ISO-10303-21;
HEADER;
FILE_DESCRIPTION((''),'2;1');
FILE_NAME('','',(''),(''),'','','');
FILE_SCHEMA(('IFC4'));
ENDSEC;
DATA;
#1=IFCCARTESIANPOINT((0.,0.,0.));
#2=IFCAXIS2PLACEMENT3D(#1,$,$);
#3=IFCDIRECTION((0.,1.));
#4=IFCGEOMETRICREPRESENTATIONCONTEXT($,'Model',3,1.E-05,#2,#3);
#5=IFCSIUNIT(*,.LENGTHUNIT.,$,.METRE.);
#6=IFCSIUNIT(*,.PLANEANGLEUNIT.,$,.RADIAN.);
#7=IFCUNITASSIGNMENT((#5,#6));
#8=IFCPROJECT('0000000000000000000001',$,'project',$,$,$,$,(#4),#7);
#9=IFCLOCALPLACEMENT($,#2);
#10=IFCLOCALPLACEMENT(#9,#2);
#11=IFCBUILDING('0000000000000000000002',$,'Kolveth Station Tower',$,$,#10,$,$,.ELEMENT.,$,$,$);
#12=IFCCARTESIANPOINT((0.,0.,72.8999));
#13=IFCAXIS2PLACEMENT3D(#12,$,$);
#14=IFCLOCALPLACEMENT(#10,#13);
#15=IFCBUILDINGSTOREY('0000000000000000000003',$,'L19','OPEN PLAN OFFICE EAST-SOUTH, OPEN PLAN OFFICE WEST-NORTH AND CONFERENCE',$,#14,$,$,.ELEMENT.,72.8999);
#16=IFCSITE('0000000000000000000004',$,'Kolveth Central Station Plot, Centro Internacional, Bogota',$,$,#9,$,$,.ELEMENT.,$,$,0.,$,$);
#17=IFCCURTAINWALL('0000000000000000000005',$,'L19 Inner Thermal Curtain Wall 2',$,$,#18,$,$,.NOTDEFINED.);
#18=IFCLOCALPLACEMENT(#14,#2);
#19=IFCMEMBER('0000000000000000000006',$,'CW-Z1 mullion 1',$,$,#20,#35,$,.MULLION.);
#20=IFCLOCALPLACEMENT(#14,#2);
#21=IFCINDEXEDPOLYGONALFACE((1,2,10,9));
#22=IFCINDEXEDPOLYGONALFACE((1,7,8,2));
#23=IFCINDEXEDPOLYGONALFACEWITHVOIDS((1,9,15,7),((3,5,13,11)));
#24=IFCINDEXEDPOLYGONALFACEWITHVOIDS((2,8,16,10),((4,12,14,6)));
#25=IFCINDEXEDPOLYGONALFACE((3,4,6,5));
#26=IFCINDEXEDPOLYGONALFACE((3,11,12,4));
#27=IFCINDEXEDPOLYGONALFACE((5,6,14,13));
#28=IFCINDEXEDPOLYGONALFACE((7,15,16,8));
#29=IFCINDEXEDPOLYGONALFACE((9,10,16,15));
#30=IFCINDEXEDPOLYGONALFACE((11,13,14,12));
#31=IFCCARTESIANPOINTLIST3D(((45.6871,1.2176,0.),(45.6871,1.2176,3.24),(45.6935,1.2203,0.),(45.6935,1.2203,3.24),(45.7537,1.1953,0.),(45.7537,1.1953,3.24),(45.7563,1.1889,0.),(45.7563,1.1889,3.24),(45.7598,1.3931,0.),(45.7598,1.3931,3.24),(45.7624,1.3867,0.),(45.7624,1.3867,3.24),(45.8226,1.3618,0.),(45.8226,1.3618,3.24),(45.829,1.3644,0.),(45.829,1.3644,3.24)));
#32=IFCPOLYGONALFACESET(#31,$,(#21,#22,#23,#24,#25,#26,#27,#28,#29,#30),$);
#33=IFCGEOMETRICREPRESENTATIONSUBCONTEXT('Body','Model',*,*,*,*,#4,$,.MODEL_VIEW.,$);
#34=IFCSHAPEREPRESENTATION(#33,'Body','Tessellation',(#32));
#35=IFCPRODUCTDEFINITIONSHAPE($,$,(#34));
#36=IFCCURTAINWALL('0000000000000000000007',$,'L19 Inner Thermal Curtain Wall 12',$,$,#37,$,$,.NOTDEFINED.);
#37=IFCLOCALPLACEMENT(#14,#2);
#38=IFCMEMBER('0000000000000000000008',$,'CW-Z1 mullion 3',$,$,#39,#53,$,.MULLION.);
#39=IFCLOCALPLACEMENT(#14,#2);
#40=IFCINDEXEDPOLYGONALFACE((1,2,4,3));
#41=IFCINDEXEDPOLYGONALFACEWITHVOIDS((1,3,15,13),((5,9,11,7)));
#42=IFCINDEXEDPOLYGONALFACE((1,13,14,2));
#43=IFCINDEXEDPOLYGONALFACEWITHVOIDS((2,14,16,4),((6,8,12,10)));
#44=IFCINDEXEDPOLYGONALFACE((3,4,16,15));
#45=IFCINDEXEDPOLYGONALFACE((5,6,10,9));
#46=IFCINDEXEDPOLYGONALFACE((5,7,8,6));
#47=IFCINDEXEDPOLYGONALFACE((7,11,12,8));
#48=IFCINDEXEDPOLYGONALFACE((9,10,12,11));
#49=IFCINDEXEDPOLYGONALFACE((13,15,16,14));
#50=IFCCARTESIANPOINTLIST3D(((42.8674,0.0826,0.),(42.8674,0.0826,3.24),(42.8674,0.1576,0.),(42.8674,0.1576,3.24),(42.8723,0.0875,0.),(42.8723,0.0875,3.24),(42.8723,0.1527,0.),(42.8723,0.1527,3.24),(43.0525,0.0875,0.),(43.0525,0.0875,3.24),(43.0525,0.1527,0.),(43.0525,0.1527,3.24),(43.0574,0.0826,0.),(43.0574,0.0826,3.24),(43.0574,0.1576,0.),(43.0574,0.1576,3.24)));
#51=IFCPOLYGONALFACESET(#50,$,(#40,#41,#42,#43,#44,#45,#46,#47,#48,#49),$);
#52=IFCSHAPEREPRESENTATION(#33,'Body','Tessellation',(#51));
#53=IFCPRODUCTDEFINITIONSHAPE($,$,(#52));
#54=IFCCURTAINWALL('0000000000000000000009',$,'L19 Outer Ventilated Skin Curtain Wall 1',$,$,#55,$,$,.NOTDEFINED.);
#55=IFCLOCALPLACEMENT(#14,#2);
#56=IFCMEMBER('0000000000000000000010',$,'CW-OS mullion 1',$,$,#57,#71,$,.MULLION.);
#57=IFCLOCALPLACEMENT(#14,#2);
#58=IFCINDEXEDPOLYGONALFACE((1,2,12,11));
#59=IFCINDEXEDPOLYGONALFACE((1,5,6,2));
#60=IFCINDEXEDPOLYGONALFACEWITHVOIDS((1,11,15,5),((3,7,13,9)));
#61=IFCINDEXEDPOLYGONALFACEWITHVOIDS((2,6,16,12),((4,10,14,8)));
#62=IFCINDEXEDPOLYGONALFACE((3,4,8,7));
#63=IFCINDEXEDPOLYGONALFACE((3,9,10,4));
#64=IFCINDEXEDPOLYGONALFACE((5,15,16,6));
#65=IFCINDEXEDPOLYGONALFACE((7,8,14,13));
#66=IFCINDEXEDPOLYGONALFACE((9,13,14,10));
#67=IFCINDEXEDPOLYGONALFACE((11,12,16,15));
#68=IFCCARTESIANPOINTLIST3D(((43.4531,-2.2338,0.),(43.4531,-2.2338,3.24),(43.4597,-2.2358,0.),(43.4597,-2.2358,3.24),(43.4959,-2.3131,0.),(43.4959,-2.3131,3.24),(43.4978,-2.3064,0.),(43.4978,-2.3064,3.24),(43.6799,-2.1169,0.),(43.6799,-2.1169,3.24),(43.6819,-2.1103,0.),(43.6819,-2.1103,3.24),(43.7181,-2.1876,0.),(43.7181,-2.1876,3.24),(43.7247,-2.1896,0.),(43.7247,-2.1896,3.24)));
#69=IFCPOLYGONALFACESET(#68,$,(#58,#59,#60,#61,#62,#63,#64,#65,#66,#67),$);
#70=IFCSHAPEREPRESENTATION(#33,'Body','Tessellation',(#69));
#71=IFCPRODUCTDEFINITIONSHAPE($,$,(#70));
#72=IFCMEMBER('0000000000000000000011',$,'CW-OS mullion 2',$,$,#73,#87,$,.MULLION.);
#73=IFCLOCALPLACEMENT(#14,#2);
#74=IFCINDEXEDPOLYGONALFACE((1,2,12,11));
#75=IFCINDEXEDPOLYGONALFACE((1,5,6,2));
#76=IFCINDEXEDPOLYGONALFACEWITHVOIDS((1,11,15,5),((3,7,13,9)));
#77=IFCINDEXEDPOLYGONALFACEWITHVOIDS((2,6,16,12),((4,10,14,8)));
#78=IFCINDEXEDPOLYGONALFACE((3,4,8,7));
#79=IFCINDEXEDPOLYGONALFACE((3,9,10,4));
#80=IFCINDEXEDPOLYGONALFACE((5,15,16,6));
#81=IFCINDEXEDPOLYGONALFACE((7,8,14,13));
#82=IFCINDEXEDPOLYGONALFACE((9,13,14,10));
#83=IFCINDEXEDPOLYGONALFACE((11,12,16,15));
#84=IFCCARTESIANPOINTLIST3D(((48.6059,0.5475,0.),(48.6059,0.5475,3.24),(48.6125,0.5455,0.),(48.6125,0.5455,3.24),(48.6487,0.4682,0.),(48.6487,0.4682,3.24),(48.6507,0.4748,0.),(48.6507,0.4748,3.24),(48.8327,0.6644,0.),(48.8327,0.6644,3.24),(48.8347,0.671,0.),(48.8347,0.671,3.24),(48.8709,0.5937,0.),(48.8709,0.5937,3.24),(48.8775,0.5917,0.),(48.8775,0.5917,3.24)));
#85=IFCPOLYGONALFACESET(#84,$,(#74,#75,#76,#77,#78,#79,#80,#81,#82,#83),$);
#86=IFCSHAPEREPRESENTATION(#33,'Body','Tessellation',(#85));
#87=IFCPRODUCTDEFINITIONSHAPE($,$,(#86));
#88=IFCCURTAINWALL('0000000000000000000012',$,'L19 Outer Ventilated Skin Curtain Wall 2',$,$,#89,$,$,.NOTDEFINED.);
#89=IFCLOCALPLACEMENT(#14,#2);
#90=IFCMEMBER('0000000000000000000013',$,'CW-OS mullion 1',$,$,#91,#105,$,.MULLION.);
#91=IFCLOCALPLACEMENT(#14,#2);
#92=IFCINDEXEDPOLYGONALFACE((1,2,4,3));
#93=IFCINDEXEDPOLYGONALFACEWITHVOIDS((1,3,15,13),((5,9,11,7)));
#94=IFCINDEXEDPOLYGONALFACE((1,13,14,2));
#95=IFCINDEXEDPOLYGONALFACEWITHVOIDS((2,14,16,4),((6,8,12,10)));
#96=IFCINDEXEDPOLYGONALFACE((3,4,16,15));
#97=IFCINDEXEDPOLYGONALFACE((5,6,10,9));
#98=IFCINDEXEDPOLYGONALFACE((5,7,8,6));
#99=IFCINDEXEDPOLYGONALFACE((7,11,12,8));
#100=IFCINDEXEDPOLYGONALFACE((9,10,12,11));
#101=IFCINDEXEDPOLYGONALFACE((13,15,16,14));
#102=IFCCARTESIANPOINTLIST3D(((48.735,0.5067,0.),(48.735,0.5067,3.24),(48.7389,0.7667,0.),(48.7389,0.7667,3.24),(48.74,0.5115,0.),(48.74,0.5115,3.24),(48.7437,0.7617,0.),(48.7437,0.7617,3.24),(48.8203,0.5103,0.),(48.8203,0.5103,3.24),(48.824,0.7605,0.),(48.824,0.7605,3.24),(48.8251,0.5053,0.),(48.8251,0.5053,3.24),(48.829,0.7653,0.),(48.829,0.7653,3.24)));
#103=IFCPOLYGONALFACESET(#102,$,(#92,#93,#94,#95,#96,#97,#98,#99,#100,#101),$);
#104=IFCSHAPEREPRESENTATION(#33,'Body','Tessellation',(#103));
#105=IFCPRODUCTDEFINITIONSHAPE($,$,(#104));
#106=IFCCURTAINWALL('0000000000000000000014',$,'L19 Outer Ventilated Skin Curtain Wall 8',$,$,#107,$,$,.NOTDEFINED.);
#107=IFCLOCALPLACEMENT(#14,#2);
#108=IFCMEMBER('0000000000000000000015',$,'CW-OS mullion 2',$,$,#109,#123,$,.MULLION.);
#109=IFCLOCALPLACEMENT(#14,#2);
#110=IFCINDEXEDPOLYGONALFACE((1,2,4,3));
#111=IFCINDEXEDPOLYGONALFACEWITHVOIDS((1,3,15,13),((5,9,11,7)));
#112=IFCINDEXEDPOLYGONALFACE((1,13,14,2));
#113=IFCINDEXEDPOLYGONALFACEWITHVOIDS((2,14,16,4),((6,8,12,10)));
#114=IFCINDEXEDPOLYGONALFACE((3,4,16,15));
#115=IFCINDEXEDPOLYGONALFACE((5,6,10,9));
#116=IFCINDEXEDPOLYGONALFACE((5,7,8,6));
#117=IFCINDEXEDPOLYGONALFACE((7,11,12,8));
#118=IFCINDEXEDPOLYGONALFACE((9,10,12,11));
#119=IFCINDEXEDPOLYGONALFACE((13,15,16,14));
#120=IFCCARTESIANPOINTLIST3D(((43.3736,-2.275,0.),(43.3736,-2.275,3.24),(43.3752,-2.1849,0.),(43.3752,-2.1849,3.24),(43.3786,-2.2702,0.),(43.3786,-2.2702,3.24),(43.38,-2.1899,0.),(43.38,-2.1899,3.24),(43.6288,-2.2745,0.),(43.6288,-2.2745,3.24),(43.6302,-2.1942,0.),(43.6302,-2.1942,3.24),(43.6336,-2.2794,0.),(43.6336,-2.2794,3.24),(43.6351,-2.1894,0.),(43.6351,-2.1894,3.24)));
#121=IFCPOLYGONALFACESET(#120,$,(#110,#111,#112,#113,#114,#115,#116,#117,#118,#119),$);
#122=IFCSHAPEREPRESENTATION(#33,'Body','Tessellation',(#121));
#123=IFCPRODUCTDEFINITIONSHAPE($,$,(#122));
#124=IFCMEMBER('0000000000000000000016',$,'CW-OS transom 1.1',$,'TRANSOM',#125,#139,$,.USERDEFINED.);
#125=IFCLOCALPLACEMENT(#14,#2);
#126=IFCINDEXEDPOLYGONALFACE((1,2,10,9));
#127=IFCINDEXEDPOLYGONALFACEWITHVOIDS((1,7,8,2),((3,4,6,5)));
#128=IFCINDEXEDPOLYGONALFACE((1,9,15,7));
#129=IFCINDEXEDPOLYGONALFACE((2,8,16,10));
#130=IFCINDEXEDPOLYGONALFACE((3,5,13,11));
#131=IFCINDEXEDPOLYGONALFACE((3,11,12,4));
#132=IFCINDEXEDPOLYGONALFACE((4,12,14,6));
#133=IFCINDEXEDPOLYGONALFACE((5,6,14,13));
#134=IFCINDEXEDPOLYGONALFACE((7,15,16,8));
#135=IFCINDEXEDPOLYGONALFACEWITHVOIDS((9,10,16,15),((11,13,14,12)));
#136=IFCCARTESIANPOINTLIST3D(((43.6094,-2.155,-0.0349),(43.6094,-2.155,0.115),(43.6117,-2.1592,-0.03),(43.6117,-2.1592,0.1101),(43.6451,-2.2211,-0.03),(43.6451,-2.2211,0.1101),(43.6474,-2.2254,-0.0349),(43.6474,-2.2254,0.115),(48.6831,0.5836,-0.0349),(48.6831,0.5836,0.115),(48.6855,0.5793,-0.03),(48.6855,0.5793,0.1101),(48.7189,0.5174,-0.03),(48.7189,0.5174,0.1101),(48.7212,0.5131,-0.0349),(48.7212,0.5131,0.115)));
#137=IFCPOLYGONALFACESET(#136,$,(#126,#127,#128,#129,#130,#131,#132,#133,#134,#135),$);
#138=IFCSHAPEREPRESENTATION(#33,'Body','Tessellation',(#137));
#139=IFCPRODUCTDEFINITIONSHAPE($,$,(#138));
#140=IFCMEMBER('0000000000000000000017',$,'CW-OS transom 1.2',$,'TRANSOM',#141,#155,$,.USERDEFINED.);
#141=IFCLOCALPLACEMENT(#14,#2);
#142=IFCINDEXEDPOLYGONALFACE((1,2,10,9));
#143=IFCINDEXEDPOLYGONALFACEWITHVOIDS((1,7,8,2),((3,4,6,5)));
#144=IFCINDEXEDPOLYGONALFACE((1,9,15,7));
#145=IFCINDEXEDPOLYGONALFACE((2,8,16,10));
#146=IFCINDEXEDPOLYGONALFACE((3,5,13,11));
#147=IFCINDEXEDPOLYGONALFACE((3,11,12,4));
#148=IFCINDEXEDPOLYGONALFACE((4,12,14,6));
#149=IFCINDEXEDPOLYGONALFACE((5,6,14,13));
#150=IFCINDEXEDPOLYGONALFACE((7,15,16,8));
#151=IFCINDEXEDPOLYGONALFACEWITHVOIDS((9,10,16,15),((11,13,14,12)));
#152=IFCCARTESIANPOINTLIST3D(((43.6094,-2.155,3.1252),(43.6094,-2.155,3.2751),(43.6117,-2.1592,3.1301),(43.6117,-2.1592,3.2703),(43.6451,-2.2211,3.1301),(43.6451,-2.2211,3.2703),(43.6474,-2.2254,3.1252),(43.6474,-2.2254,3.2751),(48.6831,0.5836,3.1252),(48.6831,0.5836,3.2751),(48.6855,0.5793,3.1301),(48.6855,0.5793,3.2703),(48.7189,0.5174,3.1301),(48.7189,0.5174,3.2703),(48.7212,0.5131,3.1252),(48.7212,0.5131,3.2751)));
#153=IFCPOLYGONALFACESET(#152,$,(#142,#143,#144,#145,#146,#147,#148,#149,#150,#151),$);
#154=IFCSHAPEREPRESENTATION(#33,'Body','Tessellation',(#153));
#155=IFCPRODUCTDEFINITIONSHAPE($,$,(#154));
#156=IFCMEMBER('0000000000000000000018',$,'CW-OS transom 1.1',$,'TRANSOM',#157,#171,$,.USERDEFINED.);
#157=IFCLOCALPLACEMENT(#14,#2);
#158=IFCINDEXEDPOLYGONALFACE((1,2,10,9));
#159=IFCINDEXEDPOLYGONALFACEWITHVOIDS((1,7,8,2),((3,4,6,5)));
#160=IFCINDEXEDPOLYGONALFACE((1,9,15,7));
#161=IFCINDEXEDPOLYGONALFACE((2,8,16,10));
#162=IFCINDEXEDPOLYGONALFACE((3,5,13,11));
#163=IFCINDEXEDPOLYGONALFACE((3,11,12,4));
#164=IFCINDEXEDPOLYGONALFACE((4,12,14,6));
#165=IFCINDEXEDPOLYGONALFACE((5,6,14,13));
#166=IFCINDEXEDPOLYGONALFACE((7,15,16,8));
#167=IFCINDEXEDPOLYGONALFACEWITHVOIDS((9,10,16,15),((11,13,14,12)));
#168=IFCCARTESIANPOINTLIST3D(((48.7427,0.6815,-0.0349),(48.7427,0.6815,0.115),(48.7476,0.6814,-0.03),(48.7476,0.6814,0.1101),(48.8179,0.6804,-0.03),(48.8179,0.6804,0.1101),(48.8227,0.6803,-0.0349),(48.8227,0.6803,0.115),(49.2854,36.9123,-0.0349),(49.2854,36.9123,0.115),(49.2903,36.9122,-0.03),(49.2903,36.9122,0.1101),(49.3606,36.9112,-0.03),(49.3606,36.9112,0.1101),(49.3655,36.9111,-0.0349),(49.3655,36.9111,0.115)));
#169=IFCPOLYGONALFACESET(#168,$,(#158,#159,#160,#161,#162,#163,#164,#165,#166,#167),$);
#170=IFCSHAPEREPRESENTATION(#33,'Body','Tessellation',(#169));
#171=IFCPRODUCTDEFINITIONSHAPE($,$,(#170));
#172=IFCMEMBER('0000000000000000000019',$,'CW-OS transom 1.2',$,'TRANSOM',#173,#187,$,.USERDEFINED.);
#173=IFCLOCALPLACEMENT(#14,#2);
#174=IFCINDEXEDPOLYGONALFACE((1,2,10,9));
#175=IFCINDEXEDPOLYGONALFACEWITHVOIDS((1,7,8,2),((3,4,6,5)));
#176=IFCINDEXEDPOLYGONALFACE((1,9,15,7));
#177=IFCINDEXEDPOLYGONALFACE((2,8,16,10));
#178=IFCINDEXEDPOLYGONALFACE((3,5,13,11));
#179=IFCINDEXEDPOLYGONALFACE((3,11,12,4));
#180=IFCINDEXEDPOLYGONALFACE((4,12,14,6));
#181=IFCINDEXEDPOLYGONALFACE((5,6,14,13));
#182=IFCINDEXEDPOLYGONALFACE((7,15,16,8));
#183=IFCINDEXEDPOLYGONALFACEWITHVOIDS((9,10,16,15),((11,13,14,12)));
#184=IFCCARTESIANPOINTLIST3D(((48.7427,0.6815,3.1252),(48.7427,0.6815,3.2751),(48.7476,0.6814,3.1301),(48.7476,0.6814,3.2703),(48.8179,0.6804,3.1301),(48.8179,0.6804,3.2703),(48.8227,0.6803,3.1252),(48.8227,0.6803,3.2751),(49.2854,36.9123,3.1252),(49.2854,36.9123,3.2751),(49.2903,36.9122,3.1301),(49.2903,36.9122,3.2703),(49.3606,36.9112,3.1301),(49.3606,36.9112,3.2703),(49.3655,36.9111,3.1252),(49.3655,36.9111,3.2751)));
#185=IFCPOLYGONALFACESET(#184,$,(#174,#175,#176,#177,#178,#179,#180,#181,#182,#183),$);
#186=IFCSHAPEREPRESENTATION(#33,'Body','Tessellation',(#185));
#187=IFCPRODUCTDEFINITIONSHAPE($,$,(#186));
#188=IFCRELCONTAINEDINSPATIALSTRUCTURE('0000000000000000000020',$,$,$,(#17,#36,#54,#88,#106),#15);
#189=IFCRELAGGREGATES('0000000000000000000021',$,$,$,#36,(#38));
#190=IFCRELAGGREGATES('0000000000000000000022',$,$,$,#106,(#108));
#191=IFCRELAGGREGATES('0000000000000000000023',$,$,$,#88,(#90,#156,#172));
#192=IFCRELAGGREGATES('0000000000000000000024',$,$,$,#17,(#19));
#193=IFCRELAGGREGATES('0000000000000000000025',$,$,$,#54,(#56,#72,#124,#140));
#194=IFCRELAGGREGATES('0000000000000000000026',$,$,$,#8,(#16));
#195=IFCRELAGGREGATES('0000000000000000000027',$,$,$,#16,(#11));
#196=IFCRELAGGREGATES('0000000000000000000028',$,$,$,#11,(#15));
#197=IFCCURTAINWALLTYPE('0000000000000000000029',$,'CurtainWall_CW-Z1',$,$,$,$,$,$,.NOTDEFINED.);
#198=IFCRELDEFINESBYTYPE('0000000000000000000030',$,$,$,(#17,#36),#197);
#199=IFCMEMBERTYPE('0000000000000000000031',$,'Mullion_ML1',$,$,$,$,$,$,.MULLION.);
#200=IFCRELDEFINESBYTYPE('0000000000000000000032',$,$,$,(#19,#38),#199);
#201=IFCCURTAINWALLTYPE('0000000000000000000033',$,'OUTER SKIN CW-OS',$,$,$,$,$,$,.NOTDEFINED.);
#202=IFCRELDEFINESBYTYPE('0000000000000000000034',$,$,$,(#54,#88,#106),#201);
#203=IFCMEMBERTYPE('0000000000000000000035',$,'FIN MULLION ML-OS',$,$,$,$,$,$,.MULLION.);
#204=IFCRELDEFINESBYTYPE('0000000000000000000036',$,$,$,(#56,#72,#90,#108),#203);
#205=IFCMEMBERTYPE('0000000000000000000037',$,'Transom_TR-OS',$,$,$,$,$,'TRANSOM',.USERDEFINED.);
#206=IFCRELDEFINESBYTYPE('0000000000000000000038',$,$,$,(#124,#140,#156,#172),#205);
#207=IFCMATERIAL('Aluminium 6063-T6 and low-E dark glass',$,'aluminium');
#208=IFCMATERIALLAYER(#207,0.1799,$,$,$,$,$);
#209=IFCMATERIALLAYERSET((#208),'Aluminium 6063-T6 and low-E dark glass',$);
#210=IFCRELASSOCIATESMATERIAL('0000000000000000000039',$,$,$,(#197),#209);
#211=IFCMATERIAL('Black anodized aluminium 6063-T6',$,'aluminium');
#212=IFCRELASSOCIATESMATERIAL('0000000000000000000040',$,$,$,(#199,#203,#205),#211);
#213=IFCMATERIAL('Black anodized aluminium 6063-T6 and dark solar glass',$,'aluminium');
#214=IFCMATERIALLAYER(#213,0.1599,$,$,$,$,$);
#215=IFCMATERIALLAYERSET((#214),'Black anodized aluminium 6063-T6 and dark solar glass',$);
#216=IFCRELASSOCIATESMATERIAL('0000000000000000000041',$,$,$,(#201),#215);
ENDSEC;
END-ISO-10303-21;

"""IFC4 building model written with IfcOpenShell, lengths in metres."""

from ifc_helpers import new_model, si_unit, direction, frame, origin, origin_2d, place, context, subcontext, project, spatial, hollow_rectangle, extrude, source, transform, mapped, material, layer, layer_set, material_profile, profile_set, type_object, element, aggregate, save


model = new_model("IFC4")

# Units and contexts
model_context = context("Model", 3, precision=1e-05, world=origin(), true_north=direction((0.0, 1.0)))
body_context = subcontext(model_context, "Body", "Model", "MODEL_VIEW")
ifc_project = project(units=[si_unit("LENGTHUNIT", "METRE"), si_unit("PLANEANGLEUNIT", "RADIAN")], contexts=[model_context])

# Site, building, storey
site_placement = place(None, origin())
site = spatial("IfcSite", under=ifc_project, at=site_placement, Name="Kolveth Central Station Plot, Centro Internacional, Bogota", CompositionType="ELEMENT", RefElevation=0.0)
building_placement = place(site_placement, origin())
building = spatial("IfcBuilding", under=site, at=building_placement, Name="Kolveth Station Tower", CompositionType="ELEMENT")
storey_placement = place(building_placement, frame((0.0, 0.0, 72.8999)))
storey = spatial("IfcBuildingStorey", under=building, at=storey_placement, Name="L19", Description="OPEN PLAN OFFICE EAST-SOUTH, OPEN PLAN OFFICE WEST-NORTH AND CONFERENCE", CompositionType="ELEMENT", Elevation=72.8999)

# Curtain wall
ifc_material_1 = material(Name="Aluminium 6063-T6 and low-E dark glass", Category="aluminium")
ifc_layer_1 = layer(ifc_material_1, 0.1799)
ifc_layer_set_1 = layer_set([ifc_layer_1], Name="Aluminium 6063-T6 and low-E dark glass")
curtain_wall_type_1 = type_object("IfcCurtainWallType", Name="CurtainWall_CW-Z1", PredefinedType="NOTDEFINED", material=ifc_layer_set_1)
ifc_material_2 = material(Name="Black anodized aluminium 6063-T6", Category="aluminium")
curtain_wall_1_placement = place(storey_placement, origin())
curtain_wall_1 = element("IfcCurtainWall", 1, at=curtain_wall_1_placement, inside=storey, type_object=curtain_wall_type_1, Name="L19 Inner Thermal Curtain Wall 2", PredefinedType="NOTDEFINED")

# Member
ifc_material_profile_1 = material_profile(ifc_material_2, hollow_rectangle(XDim=0.075, YDim=0.1899, WallThickness=0.0049, at=origin_2d()), Name="ALU-75x190x5")
ifc_profile_set_1 = profile_set([ifc_material_profile_1], Name="Black anodized aluminium 6063-T6")
member_type_1 = type_object("IfcMemberType", Name="Mullion_ML1", PredefinedType="MULLION", material=ifc_profile_set_1)
shared_shape_1 = source(origin(), body_context, "Body", "SweptSolid", [
    extrude(hollow_rectangle(XDim=0.075, YDim=0.1899, WallThickness=0.0049, at=origin_2d()), origin(), (0.0, 0.0, 1.0), 3.24),
])
member_1_placement = place(storey_placement, frame((45.7581, 1.291, 0.0), z_axis=(0.0, 0.0, 1.0), x_axis=(-0.923884, 0.382673, 0.0)))
member_1 = element("IfcMember", 2, at=member_1_placement, type_object=member_type_1, Name="CW-Z1 mullion 1", PredefinedType="MULLION", context=body_context, shape_type="MappedRepresentation", body=[
    mapped(shared_shape_1, transform((0.0, 0.0, 0.0), x_axis=(1.0, 0.0, 0.0), y_axis=(0.0, 1.0, 0.0), z_axis=(0.0, 0.0, 1.0), scale=1.0)),
])

# Curtain wall, member
curtain_wall_2_placement = place(storey_placement, origin())
curtain_wall_2 = element("IfcCurtainWall", 3, at=curtain_wall_2_placement, inside=storey, type_object=curtain_wall_type_1, Name="L19 Inner Thermal Curtain Wall 12", PredefinedType="NOTDEFINED")
member_2_placement = place(storey_placement, frame((42.9624, 0.1201, 0.0), z_axis=(0.0, 0.0, 1.0), x_axis=(0.0, 1.0, 0.0)))
member_2 = element("IfcMember", 4, at=member_2_placement, type_object=member_type_1, Name="CW-Z1 mullion 3", PredefinedType="MULLION", context=body_context, shape_type="MappedRepresentation", body=[
    mapped(shared_shape_1, transform((0.0, 0.0, 0.0), x_axis=(1.0, 0.0, 0.0), y_axis=(0.0, 1.0, 0.0), z_axis=(0.0, 0.0, 1.0), scale=1.0)),
])
aggregate(curtain_wall_2, [member_2])

# Curtain wall, members
ifc_material_3 = material(Name="Black anodized aluminium 6063-T6 and dark solar glass", Category="aluminium")
ifc_layer_2 = layer(ifc_material_3, 0.1599)
ifc_layer_set_2 = layer_set([ifc_layer_2], Name="Black anodized aluminium 6063-T6 and dark solar glass")
curtain_wall_type_2 = type_object("IfcCurtainWallType", Name="OUTER SKIN CW-OS", PredefinedType="NOTDEFINED", material=ifc_layer_set_2)
curtain_wall_3_placement = place(storey_placement, origin())
curtain_wall_3 = element("IfcCurtainWall", 5, at=curtain_wall_3_placement, inside=storey, type_object=curtain_wall_type_2, Name="L19 Outer Ventilated Skin Curtain Wall 1", PredefinedType="NOTDEFINED")
ifc_material_profile_2 = material_profile(ifc_material_2, hollow_rectangle(XDim=0.0901, YDim=0.26, WallThickness=0.0049, at=origin_2d()), Name="ALU-90x260x5")
ifc_profile_set_2 = profile_set([ifc_material_profile_2], Name="Black anodized aluminium 6063-T6")
member_type_2 = type_object("IfcMemberType", Name="FIN MULLION ML-OS", PredefinedType="MULLION", material=ifc_profile_set_2)
shared_shape_2 = source(origin(), body_context, "Body", "SweptSolid", [
    extrude(hollow_rectangle(XDim=0.0901, YDim=0.26, WallThickness=0.0049, at=origin_2d()), origin(), (0.0, 0.0, 1.0), 3.24),
])
member_3_placement = place(storey_placement, frame((43.5889, -2.2117, 0.0), z_axis=(0.0, 0.0, 1.0), x_axis=(-0.474975, 0.879999, 0.0)))
member_3 = element("IfcMember", 6, at=member_3_placement, type_object=member_type_2, Name="CW-OS mullion 1", PredefinedType="MULLION", context=body_context, shape_type="MappedRepresentation", body=[
    mapped(shared_shape_2, transform((0.0, 0.0, 0.0), x_axis=(1.0, 0.0, 0.0), y_axis=(0.0, 1.0, 0.0), z_axis=(0.0, 0.0, 1.0), scale=1.0)),
])
member_4_placement = place(storey_placement, frame((48.7417, 0.5696, 0.0), z_axis=(0.0, 0.0, 1.0), x_axis=(-0.474975, 0.879999, 0.0)))
member_4 = element("IfcMember", 7, at=member_4_placement, type_object=member_type_2, Name="CW-OS mullion 2", PredefinedType="MULLION", context=body_context, shape_type="MappedRepresentation", body=[
    mapped(shared_shape_2, transform((0.0, 0.0, 0.0), x_axis=(1.0, 0.0, 0.0), y_axis=(0.0, 1.0, 0.0), z_axis=(0.0, 0.0, 1.0), scale=1.0)),
])

# Curtain walls, members
curtain_wall_4_placement = place(storey_placement, origin())
curtain_wall_4 = element("IfcCurtainWall", 8, at=curtain_wall_4_placement, inside=storey, type_object=curtain_wall_type_2, Name="L19 Outer Ventilated Skin Curtain Wall 2", PredefinedType="NOTDEFINED")
member_5_placement = place(storey_placement, frame((48.782, 0.636, 0.0), z_axis=(0.0, 0.0, 1.0), x_axis=(-0.999888, 0.014975, 0.0)))
member_5 = element("IfcMember", 9, at=member_5_placement, type_object=member_type_2, Name="CW-OS mullion 1", PredefinedType="MULLION", context=body_context, shape_type="MappedRepresentation", body=[
    mapped(shared_shape_2, transform((0.0, 0.0, 0.0), x_axis=(1.0, 0.0, 0.0), y_axis=(0.0, 1.0, 0.0), z_axis=(0.0, 0.0, 1.0), scale=1.0)),
])
curtain_wall_5_placement = place(storey_placement, origin())
curtain_wall_5 = element("IfcCurtainWall", 10, at=curtain_wall_5_placement, inside=storey, type_object=curtain_wall_type_2, Name="L19 Outer Ventilated Skin Curtain Wall 8", PredefinedType="NOTDEFINED")
member_6_placement = place(storey_placement, frame((43.5044, -2.2322, 0.0), z_axis=(0.0, 0.0, 1.0), x_axis=(0.017034, 0.999855, 0.0)))
member_6 = element("IfcMember", 11, at=member_6_placement, type_object=member_type_2, Name="CW-OS mullion 2", PredefinedType="MULLION", context=body_context, shape_type="MappedRepresentation", body=[
    mapped(shared_shape_2, transform((0.0, 0.0, 0.0), x_axis=(1.0, 0.0, 0.0), y_axis=(0.0, 1.0, 0.0), z_axis=(0.0, 0.0, 1.0), scale=1.0)),
])
aggregate(curtain_wall_5, [member_6])

# Members
ifc_material_profile_3 = material_profile(ifc_material_2, hollow_rectangle(XDim=0.0801, YDim=0.1499, WallThickness=0.0049, at=origin_2d()), Name="ALU-80x150x5")
ifc_profile_set_3 = profile_set([ifc_material_profile_3], Name="Black anodized aluminium 6063-T6")
member_type_3 = type_object("IfcMemberType", Name="Transom_TR-OS", ElementType="TRANSOM", PredefinedType="USERDEFINED", material=ifc_profile_set_3)
shared_shape_3 = source(origin(), body_context, "Body", "SweptSolid", [
    extrude(hollow_rectangle(XDim=0.0801, YDim=0.1499, WallThickness=0.0049, at=origin_2d()), origin(), (0.0, 0.0, 1.0), 5.7656),
])
member_7_placement = place(storey_placement, frame((43.6284, -2.1902, 0.04), z_axis=(0.879999, 0.474976, 0.0), x_axis=(-0.474976, 0.879999, 0.0)))
member_7 = element("IfcMember", 12, at=member_7_placement, type_object=member_type_3, Name="CW-OS transom 1.1", ObjectType="TRANSOM", PredefinedType="USERDEFINED", context=body_context, shape_type="MappedRepresentation", body=[
    mapped(shared_shape_3, transform((0.0, 0.0, 0.0), x_axis=(1.0, 0.0, 0.0), y_axis=(0.0, 1.0, 0.0), z_axis=(0.0, 0.0, 1.0), scale=1.0)),
])
member_8_placement = place(storey_placement, frame((43.6284, -2.1902, 3.2002), z_axis=(0.879999, 0.474976, 0.0), x_axis=(-0.474976, 0.879999, 0.0)))
member_8 = element("IfcMember", 13, at=member_8_placement, type_object=member_type_3, Name="CW-OS transom 1.2", ObjectType="TRANSOM", PredefinedType="USERDEFINED", context=body_context, shape_type="MappedRepresentation", body=[
    mapped(shared_shape_3, transform((0.0, 0.0, 0.0), x_axis=(1.0, 0.0, 0.0), y_axis=(0.0, 1.0, 0.0), z_axis=(0.0, 0.0, 1.0), scale=1.0)),
])
shared_shape_4 = source(origin(), body_context, "Body", "SweptSolid", [
    extrude(hollow_rectangle(XDim=0.0801, YDim=0.1499, WallThickness=0.0049, at=origin_2d()), origin(), (0.0, 0.0, 1.0), 36.2349),
])
member_9_placement = place(storey_placement, frame((48.7827, 0.6809, 0.04), z_axis=(0.014978, 0.999888, 0.0), x_axis=(-0.999888, 0.014978, 0.0)))
member_9 = element("IfcMember", 14, at=member_9_placement, type_object=member_type_3, Name="CW-OS transom 1.1", ObjectType="TRANSOM", PredefinedType="USERDEFINED", context=body_context, shape_type="MappedRepresentation", body=[
    mapped(shared_shape_4, transform((0.0, 0.0, 0.0), x_axis=(1.0, 0.0, 0.0), y_axis=(0.0, 1.0, 0.0), z_axis=(0.0, 0.0, 1.0), scale=1.0)),
])
member_10_placement = place(storey_placement, frame((48.7827, 0.6809, 3.2002), z_axis=(0.014978, 0.999888, 0.0), x_axis=(-0.999888, 0.014978, 0.0)))
member_10 = element("IfcMember", 15, at=member_10_placement, type_object=member_type_3, Name="CW-OS transom 1.2", ObjectType="TRANSOM", PredefinedType="USERDEFINED", context=body_context, shape_type="MappedRepresentation", body=[
    mapped(shared_shape_4, transform((0.0, 0.0, 0.0), x_axis=(1.0, 0.0, 0.0), y_axis=(0.0, 1.0, 0.0), z_axis=(0.0, 0.0, 1.0), scale=1.0)),
])
aggregate(curtain_wall_4, [member_5, member_9, member_10])

aggregate(curtain_wall_1, [member_1])
aggregate(curtain_wall_3, [member_3, member_4, member_7, member_8])

save(model, "model.ifc")
